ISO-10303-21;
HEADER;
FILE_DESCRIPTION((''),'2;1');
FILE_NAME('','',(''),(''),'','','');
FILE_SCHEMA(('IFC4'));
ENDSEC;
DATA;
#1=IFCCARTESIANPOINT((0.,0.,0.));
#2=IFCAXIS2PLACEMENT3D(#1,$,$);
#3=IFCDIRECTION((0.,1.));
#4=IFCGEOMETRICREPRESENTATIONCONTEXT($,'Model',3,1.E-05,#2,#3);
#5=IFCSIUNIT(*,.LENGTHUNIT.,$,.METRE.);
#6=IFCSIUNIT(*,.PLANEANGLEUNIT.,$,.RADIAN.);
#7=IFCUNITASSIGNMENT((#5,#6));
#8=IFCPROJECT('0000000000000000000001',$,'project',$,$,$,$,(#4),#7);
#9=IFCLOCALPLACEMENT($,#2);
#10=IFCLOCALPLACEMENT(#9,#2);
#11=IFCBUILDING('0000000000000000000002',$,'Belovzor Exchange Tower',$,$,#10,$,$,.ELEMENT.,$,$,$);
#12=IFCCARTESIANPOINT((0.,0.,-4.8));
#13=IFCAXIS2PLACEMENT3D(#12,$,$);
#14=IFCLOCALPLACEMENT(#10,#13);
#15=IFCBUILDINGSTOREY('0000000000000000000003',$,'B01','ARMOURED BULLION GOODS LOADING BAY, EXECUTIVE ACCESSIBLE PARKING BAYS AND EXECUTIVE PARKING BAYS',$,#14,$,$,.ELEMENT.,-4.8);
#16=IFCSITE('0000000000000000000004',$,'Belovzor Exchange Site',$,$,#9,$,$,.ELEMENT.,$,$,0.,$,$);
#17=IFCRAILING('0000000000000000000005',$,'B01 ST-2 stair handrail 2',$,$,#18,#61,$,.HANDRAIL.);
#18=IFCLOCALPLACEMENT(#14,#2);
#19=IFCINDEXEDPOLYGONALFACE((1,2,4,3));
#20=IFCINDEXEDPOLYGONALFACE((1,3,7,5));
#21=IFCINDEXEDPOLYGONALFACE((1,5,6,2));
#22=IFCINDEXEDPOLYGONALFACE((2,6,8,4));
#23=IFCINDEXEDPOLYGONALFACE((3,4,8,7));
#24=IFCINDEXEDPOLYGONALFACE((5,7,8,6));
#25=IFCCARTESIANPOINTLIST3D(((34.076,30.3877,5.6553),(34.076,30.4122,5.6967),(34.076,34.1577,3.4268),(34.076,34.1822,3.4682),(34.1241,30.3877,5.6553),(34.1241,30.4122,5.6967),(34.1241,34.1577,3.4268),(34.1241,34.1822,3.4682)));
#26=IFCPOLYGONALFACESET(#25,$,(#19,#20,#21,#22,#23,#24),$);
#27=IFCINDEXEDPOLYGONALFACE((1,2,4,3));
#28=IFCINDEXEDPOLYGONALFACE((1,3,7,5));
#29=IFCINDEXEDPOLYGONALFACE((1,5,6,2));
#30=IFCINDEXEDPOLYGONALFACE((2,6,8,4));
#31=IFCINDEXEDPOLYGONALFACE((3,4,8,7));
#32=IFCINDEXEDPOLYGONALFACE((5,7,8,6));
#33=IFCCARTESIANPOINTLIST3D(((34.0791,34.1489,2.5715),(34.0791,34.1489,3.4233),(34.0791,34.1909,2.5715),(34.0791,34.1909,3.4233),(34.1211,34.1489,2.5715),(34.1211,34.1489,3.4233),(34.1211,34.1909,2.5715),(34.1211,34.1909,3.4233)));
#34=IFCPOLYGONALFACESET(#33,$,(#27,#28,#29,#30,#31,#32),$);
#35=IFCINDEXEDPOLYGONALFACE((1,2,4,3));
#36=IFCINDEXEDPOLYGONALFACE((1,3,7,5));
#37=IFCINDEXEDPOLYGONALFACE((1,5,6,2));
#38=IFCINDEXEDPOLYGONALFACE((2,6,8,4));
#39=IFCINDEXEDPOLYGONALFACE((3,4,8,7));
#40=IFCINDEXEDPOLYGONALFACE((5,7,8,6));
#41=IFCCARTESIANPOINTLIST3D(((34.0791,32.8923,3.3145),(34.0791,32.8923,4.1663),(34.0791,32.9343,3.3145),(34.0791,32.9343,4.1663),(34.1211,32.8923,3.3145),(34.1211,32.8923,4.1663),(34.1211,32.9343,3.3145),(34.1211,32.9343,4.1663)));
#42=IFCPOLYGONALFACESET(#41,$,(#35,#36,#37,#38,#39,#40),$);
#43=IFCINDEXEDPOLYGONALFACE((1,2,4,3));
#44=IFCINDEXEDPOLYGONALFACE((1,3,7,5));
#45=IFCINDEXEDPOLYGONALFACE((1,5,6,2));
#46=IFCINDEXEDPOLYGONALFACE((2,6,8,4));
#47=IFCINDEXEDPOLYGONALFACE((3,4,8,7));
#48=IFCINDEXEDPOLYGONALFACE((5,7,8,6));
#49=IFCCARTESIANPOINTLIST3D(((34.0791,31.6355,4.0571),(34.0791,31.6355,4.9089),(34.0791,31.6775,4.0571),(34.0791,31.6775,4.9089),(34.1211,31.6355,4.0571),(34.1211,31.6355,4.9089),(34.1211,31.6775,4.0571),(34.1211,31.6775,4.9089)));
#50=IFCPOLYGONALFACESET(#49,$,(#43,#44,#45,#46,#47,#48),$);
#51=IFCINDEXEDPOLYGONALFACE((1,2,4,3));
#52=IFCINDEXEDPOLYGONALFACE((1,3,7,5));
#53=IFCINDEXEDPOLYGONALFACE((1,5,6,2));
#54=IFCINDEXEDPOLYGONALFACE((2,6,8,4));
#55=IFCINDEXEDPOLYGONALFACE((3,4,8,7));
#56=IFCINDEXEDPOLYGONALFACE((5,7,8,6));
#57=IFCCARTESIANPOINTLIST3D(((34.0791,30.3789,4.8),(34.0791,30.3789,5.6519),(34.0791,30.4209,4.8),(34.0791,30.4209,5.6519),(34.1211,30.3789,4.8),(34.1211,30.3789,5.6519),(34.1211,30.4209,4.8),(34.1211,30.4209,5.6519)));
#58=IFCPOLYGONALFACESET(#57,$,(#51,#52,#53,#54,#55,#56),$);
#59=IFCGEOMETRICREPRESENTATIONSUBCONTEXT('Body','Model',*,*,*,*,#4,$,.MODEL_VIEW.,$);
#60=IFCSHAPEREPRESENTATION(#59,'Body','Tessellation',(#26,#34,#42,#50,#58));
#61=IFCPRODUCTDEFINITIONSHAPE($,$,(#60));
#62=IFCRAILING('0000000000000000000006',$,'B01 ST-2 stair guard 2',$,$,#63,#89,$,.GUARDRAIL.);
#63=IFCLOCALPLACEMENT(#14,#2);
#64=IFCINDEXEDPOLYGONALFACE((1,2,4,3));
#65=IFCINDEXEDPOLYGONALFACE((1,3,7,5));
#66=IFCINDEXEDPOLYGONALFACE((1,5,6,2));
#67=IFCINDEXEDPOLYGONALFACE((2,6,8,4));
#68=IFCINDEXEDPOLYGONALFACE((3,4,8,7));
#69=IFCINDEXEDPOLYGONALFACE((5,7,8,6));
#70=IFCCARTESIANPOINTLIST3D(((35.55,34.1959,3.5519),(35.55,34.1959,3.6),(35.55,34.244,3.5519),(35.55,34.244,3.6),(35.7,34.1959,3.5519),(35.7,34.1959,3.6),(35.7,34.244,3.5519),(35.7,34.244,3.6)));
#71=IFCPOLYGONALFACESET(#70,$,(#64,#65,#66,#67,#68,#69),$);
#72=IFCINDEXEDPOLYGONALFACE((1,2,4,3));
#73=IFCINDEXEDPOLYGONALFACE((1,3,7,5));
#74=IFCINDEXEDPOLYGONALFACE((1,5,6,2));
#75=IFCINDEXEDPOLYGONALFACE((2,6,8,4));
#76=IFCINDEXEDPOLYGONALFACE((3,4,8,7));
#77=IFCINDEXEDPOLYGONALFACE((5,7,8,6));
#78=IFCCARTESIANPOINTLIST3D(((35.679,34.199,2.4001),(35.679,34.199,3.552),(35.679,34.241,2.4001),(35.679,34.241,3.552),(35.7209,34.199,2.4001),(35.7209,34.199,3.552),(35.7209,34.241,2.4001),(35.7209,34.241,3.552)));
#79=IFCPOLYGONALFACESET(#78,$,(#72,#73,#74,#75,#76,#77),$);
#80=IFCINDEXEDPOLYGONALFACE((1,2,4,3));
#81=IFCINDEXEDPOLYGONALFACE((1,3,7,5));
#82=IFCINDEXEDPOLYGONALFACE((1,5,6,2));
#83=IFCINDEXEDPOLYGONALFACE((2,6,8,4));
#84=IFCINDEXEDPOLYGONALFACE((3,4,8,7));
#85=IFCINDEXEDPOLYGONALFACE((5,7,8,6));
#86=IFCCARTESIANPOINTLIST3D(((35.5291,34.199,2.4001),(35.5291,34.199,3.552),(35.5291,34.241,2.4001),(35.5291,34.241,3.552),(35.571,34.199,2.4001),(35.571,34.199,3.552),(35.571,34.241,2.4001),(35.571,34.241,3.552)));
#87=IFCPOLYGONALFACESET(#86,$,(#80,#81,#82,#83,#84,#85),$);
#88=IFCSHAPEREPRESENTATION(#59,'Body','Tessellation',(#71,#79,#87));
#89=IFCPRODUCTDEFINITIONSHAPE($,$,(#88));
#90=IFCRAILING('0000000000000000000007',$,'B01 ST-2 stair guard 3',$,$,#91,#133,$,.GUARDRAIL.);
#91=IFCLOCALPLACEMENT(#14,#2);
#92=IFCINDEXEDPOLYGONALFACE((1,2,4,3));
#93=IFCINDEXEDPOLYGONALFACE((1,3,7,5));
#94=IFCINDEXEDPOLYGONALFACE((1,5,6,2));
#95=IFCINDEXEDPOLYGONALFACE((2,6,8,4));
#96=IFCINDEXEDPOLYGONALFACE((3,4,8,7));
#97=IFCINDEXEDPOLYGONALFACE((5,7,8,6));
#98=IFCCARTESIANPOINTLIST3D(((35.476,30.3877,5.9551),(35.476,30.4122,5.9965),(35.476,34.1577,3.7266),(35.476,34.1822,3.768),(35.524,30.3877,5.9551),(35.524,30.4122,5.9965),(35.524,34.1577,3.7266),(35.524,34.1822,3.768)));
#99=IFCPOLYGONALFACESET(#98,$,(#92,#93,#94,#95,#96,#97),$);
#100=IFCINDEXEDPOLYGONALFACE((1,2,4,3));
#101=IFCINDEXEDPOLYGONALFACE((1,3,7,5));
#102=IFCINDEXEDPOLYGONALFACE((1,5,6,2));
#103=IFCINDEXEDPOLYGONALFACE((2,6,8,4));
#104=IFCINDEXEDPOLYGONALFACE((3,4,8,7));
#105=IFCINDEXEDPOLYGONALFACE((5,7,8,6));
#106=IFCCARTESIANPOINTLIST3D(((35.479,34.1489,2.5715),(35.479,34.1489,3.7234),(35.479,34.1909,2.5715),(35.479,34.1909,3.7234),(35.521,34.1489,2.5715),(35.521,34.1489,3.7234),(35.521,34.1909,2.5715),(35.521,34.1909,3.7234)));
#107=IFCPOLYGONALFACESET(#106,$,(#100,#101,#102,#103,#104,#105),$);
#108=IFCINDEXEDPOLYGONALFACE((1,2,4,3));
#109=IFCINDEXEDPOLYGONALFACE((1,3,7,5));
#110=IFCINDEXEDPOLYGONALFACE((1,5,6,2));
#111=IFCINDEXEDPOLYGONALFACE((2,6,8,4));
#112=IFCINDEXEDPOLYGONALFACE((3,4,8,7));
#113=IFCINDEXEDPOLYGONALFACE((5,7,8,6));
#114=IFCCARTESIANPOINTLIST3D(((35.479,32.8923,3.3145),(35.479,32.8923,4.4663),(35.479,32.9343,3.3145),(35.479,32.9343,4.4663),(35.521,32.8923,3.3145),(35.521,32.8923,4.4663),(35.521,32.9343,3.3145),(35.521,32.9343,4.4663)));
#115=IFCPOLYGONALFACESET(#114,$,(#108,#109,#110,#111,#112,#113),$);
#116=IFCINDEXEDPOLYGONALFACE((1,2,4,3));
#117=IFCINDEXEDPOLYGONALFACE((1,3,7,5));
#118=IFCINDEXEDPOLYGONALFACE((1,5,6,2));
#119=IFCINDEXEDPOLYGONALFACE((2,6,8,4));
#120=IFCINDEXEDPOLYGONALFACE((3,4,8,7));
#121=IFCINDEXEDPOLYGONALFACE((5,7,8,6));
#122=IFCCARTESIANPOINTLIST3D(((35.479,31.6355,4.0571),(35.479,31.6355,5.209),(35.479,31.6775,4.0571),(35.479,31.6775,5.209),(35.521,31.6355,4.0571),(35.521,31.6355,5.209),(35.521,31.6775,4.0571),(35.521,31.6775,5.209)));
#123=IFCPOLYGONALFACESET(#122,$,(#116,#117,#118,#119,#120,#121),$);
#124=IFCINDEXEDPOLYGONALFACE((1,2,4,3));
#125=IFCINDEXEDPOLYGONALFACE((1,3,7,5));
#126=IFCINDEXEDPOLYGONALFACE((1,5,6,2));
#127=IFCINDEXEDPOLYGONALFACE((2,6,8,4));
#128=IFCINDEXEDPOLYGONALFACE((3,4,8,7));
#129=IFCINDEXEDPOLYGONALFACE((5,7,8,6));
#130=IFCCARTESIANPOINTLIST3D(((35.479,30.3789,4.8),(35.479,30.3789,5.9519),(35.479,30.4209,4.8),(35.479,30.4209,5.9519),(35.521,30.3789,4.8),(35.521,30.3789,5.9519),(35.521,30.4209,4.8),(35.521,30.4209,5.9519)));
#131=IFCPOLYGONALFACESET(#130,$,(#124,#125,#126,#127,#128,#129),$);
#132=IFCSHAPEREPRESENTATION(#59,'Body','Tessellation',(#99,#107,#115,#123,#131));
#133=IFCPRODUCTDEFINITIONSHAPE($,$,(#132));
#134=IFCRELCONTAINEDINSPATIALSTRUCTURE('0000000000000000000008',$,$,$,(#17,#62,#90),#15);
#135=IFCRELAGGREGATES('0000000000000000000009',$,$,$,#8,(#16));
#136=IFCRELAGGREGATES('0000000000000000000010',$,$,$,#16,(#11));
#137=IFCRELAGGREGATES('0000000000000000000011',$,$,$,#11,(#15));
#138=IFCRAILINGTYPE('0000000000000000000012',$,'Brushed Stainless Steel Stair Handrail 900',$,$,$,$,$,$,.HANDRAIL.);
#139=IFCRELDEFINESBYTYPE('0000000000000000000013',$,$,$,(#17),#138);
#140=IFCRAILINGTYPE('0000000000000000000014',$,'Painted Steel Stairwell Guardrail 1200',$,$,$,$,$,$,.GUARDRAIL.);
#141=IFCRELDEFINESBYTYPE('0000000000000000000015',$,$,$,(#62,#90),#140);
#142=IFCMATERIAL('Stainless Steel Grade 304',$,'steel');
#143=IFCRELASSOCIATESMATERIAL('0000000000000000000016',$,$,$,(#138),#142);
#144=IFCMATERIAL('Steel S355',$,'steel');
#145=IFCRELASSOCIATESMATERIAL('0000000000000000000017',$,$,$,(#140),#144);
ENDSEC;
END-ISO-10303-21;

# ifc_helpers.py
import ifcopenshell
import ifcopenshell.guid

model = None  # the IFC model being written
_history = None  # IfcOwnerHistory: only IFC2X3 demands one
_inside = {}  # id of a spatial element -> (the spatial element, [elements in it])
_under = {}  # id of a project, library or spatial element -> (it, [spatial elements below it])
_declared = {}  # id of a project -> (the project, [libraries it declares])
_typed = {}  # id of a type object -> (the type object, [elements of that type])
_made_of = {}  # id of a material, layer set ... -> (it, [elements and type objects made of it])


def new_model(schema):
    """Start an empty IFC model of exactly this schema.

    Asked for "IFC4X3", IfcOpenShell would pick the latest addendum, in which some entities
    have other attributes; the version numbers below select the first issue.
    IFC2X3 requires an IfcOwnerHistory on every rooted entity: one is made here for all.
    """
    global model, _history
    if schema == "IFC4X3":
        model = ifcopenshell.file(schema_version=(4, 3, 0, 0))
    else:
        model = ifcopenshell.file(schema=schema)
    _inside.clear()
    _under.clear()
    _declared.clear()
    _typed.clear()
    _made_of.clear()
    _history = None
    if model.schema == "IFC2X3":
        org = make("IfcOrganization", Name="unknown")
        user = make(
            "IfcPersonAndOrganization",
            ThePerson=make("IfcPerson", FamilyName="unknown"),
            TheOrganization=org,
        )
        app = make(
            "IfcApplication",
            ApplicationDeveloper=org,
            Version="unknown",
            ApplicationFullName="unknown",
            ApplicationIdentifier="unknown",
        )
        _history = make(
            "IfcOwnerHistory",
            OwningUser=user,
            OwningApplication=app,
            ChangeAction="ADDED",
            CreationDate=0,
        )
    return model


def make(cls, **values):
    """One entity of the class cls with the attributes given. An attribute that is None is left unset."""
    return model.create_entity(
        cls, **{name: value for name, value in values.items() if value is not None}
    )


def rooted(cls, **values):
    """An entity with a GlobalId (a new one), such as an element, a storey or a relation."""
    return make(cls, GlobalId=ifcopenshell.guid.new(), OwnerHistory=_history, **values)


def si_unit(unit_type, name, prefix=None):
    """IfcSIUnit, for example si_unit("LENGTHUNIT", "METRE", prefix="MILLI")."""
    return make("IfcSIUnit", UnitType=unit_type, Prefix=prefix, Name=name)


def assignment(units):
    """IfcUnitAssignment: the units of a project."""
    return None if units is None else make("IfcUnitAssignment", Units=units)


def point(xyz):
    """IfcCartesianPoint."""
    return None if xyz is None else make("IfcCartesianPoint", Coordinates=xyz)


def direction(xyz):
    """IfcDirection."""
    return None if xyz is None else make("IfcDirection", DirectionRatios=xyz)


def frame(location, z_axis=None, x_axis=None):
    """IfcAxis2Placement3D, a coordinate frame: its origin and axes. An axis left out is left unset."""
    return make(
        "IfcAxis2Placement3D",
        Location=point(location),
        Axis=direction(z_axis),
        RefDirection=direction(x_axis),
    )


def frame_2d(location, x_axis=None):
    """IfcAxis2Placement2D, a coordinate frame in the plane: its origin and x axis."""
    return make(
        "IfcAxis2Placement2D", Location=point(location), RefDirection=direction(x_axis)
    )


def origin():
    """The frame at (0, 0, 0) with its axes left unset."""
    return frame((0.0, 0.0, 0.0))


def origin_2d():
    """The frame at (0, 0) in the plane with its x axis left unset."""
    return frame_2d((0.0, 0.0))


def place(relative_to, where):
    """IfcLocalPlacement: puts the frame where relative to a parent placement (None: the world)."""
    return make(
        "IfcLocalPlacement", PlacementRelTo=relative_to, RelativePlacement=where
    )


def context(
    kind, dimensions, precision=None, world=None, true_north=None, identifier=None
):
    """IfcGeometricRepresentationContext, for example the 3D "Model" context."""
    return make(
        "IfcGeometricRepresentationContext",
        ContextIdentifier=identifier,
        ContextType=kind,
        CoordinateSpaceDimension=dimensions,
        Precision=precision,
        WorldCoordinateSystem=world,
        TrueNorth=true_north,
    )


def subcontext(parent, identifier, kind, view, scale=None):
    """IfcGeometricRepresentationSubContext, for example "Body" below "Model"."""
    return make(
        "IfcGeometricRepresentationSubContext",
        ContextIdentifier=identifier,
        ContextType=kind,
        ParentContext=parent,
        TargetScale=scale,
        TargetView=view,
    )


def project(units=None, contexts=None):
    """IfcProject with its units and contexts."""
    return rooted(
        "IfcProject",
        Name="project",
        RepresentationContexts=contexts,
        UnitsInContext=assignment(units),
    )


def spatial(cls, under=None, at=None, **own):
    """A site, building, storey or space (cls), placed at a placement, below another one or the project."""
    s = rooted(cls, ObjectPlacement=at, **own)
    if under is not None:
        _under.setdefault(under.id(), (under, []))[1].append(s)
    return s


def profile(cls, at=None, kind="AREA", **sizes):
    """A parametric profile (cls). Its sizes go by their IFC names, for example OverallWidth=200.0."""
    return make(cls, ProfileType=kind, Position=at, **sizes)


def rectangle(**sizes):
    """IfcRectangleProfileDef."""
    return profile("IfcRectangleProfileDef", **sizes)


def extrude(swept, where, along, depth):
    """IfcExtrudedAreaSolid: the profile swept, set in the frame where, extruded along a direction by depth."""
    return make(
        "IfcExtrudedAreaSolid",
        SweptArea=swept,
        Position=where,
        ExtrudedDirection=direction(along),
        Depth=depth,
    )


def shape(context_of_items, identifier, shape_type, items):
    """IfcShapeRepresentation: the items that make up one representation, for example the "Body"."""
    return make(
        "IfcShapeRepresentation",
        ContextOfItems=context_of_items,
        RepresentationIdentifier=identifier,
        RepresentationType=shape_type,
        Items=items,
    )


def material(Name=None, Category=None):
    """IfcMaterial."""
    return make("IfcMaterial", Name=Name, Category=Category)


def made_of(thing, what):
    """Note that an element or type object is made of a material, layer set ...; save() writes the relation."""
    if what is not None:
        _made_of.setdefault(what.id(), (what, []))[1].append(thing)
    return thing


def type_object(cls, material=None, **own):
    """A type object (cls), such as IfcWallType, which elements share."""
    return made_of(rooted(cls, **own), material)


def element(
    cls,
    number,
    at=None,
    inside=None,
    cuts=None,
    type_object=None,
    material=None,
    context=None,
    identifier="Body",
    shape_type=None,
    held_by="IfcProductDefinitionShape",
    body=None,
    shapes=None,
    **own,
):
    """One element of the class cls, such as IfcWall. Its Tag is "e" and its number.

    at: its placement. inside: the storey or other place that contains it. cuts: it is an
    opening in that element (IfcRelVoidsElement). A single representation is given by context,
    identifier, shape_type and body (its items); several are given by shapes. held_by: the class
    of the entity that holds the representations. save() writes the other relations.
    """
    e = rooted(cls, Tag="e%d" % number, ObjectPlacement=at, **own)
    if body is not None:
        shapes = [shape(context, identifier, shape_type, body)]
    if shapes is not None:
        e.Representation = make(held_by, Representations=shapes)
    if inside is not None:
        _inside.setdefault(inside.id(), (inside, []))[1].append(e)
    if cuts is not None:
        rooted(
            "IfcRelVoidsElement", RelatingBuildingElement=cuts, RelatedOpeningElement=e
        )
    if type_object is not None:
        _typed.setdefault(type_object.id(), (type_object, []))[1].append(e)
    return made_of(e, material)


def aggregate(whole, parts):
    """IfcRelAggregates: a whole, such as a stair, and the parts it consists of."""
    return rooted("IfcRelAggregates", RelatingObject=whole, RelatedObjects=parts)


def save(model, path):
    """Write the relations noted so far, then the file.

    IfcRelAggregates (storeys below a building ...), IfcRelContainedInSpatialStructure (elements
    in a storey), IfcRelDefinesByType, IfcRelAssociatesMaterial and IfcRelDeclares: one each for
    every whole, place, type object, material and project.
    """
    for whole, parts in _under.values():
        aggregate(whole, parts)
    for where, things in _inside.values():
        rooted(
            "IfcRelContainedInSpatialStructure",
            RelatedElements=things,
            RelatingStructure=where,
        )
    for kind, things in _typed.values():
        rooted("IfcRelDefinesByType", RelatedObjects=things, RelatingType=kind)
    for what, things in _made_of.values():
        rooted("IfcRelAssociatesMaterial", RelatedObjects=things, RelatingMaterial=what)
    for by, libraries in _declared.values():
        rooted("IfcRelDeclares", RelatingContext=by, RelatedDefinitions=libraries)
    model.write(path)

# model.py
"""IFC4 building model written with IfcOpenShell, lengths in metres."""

from ifc_helpers import new_model, si_unit, direction, frame, origin, origin_2d, place, context, subcontext, project, spatial, rectangle, extrude, material, type_object, element, save


model = new_model("IFC4")

# Units and contexts
model_context = context("Model", 3, precision=1e-05, world=origin(), true_north=direction((0.0, 1.0)))
body_context = subcontext(model_context, "Body", "Model", "MODEL_VIEW")
ifc_project = project(units=[si_unit("LENGTHUNIT", "METRE"), si_unit("PLANEANGLEUNIT", "RADIAN")], contexts=[model_context])

# Site, building, storey
site_placement = place(None, origin())
site = spatial("IfcSite", under=ifc_project, at=site_placement, Name="Belovzor Exchange Site", CompositionType="ELEMENT", RefElevation=0.0)
building_placement = place(site_placement, origin())
building = spatial("IfcBuilding", under=site, at=building_placement, Name="Belovzor Exchange Tower", CompositionType="ELEMENT")
storey_placement = place(building_placement, frame((0.0, 0.0, -4.8)))
storey = spatial("IfcBuildingStorey", under=building, at=storey_placement, Name="B01", Description="ARMOURED BULLION GOODS LOADING BAY, EXECUTIVE ACCESSIBLE PARKING BAYS AND EXECUTIVE PARKING BAYS", CompositionType="ELEMENT", Elevation=-4.8)

# Railings
ifc_material_1 = material(Name="Stainless Steel Grade 304", Category="steel")
railing_type_1 = type_object("IfcRailingType", Name="Brushed Stainless Steel Stair Handrail 900", PredefinedType="HANDRAIL", material=ifc_material_1)
railing_1_placement = place(storey_placement, frame((34.1001, 34.1699, 2.5715)))
element("IfcRailing", 1, at=railing_1_placement, inside=storey, type_object=railing_type_1, Name="B01 ST-2 stair handrail 2", PredefinedType="HANDRAIL", context=body_context, shape_type="SweptSolid", body=[
    extrude(rectangle(XDim=0.0481, YDim=0.0481, at=origin_2d()), frame((0.0, 0.0, 0.876), z_axis=(0.0, -0.860849, 0.508861), x_axis=(1.0, 0.0, 0.0)), (0.0, 0.0, 1.0), 4.3794),
    extrude(rectangle(XDim=0.042, YDim=0.042, at=origin_2d()), origin(), (0.0, 0.0, 1.0), 0.8518),
    extrude(rectangle(XDim=0.042, YDim=0.042, at=origin_2d()), frame((0.0, -1.2566, 0.7429)), (0.0, 0.0, 1.0), 0.8518),
    extrude(rectangle(XDim=0.042, YDim=0.042, at=origin_2d()), frame((0.0, -2.5134, 1.4856)), (0.0, 0.0, 1.0), 0.8518),
    extrude(rectangle(XDim=0.042, YDim=0.042, at=origin_2d()), frame((0.0, -3.77, 2.2285)), (0.0, 0.0, 1.0), 0.8518),
])
ifc_material_2 = material(Name="Steel S355", Category="steel")
railing_type_2 = type_object("IfcRailingType", Name="Painted Steel Stairwell Guardrail 1200", PredefinedType="GUARDRAIL", material=ifc_material_2)
railing_2_placement = place(storey_placement, frame((35.7, 34.22, 2.4001)))
element("IfcRailing", 2, at=railing_2_placement, inside=storey, type_object=railing_type_2, Name="B01 ST-2 stair guard 2", PredefinedType="GUARDRAIL", context=body_context, shape_type="SweptSolid", body=[
    extrude(rectangle(XDim=0.0481, YDim=0.0481, at=origin_2d()), frame((0.0, 0.0, 1.1758), z_axis=(-1.0, 0.0, 0.0), x_axis=(0.0, -1.0, 0.0)), (0.0, 0.0, 1.0), 0.1499),
    extrude(rectangle(XDim=0.042, YDim=0.042, at=origin_2d()), origin(), (0.0, 0.0, 1.0), 1.1519),
    extrude(rectangle(XDim=0.042, YDim=0.042, at=origin_2d()), frame((-0.1499, 0.0, 0.0)), (0.0, 0.0, 1.0), 1.1519),
])
railing_3_placement = place(storey_placement, frame((35.5, 34.1699, 2.5715)))
element("IfcRailing", 3, at=railing_3_placement, inside=storey, type_object=railing_type_2, Name="B01 ST-2 stair guard 3", PredefinedType="GUARDRAIL", context=body_context, shape_type="SweptSolid", body=[
    extrude(rectangle(XDim=0.0481, YDim=0.0481, at=origin_2d()), frame((0.0, 0.0, 1.1758), z_axis=(0.0, -0.860849, 0.508861), x_axis=(1.0, 0.0, 0.0)), (0.0, 0.0, 1.0), 4.3794),
    extrude(rectangle(XDim=0.042, YDim=0.042, at=origin_2d()), origin(), (0.0, 0.0, 1.0), 1.1519),
    extrude(rectangle(XDim=0.042, YDim=0.042, at=origin_2d()), frame((0.0, -1.2566, 0.7429)), (0.0, 0.0, 1.0), 1.1519),
    extrude(rectangle(XDim=0.042, YDim=0.042, at=origin_2d()), frame((0.0, -2.5134, 1.4856)), (0.0, 0.0, 1.0), 1.1519),
    extrude(rectangle(XDim=0.042, YDim=0.042, at=origin_2d()), frame((0.0, -3.77, 2.2285)), (0.0, 0.0, 1.0), 1.1519),
])

save(model, "model.ifc")
